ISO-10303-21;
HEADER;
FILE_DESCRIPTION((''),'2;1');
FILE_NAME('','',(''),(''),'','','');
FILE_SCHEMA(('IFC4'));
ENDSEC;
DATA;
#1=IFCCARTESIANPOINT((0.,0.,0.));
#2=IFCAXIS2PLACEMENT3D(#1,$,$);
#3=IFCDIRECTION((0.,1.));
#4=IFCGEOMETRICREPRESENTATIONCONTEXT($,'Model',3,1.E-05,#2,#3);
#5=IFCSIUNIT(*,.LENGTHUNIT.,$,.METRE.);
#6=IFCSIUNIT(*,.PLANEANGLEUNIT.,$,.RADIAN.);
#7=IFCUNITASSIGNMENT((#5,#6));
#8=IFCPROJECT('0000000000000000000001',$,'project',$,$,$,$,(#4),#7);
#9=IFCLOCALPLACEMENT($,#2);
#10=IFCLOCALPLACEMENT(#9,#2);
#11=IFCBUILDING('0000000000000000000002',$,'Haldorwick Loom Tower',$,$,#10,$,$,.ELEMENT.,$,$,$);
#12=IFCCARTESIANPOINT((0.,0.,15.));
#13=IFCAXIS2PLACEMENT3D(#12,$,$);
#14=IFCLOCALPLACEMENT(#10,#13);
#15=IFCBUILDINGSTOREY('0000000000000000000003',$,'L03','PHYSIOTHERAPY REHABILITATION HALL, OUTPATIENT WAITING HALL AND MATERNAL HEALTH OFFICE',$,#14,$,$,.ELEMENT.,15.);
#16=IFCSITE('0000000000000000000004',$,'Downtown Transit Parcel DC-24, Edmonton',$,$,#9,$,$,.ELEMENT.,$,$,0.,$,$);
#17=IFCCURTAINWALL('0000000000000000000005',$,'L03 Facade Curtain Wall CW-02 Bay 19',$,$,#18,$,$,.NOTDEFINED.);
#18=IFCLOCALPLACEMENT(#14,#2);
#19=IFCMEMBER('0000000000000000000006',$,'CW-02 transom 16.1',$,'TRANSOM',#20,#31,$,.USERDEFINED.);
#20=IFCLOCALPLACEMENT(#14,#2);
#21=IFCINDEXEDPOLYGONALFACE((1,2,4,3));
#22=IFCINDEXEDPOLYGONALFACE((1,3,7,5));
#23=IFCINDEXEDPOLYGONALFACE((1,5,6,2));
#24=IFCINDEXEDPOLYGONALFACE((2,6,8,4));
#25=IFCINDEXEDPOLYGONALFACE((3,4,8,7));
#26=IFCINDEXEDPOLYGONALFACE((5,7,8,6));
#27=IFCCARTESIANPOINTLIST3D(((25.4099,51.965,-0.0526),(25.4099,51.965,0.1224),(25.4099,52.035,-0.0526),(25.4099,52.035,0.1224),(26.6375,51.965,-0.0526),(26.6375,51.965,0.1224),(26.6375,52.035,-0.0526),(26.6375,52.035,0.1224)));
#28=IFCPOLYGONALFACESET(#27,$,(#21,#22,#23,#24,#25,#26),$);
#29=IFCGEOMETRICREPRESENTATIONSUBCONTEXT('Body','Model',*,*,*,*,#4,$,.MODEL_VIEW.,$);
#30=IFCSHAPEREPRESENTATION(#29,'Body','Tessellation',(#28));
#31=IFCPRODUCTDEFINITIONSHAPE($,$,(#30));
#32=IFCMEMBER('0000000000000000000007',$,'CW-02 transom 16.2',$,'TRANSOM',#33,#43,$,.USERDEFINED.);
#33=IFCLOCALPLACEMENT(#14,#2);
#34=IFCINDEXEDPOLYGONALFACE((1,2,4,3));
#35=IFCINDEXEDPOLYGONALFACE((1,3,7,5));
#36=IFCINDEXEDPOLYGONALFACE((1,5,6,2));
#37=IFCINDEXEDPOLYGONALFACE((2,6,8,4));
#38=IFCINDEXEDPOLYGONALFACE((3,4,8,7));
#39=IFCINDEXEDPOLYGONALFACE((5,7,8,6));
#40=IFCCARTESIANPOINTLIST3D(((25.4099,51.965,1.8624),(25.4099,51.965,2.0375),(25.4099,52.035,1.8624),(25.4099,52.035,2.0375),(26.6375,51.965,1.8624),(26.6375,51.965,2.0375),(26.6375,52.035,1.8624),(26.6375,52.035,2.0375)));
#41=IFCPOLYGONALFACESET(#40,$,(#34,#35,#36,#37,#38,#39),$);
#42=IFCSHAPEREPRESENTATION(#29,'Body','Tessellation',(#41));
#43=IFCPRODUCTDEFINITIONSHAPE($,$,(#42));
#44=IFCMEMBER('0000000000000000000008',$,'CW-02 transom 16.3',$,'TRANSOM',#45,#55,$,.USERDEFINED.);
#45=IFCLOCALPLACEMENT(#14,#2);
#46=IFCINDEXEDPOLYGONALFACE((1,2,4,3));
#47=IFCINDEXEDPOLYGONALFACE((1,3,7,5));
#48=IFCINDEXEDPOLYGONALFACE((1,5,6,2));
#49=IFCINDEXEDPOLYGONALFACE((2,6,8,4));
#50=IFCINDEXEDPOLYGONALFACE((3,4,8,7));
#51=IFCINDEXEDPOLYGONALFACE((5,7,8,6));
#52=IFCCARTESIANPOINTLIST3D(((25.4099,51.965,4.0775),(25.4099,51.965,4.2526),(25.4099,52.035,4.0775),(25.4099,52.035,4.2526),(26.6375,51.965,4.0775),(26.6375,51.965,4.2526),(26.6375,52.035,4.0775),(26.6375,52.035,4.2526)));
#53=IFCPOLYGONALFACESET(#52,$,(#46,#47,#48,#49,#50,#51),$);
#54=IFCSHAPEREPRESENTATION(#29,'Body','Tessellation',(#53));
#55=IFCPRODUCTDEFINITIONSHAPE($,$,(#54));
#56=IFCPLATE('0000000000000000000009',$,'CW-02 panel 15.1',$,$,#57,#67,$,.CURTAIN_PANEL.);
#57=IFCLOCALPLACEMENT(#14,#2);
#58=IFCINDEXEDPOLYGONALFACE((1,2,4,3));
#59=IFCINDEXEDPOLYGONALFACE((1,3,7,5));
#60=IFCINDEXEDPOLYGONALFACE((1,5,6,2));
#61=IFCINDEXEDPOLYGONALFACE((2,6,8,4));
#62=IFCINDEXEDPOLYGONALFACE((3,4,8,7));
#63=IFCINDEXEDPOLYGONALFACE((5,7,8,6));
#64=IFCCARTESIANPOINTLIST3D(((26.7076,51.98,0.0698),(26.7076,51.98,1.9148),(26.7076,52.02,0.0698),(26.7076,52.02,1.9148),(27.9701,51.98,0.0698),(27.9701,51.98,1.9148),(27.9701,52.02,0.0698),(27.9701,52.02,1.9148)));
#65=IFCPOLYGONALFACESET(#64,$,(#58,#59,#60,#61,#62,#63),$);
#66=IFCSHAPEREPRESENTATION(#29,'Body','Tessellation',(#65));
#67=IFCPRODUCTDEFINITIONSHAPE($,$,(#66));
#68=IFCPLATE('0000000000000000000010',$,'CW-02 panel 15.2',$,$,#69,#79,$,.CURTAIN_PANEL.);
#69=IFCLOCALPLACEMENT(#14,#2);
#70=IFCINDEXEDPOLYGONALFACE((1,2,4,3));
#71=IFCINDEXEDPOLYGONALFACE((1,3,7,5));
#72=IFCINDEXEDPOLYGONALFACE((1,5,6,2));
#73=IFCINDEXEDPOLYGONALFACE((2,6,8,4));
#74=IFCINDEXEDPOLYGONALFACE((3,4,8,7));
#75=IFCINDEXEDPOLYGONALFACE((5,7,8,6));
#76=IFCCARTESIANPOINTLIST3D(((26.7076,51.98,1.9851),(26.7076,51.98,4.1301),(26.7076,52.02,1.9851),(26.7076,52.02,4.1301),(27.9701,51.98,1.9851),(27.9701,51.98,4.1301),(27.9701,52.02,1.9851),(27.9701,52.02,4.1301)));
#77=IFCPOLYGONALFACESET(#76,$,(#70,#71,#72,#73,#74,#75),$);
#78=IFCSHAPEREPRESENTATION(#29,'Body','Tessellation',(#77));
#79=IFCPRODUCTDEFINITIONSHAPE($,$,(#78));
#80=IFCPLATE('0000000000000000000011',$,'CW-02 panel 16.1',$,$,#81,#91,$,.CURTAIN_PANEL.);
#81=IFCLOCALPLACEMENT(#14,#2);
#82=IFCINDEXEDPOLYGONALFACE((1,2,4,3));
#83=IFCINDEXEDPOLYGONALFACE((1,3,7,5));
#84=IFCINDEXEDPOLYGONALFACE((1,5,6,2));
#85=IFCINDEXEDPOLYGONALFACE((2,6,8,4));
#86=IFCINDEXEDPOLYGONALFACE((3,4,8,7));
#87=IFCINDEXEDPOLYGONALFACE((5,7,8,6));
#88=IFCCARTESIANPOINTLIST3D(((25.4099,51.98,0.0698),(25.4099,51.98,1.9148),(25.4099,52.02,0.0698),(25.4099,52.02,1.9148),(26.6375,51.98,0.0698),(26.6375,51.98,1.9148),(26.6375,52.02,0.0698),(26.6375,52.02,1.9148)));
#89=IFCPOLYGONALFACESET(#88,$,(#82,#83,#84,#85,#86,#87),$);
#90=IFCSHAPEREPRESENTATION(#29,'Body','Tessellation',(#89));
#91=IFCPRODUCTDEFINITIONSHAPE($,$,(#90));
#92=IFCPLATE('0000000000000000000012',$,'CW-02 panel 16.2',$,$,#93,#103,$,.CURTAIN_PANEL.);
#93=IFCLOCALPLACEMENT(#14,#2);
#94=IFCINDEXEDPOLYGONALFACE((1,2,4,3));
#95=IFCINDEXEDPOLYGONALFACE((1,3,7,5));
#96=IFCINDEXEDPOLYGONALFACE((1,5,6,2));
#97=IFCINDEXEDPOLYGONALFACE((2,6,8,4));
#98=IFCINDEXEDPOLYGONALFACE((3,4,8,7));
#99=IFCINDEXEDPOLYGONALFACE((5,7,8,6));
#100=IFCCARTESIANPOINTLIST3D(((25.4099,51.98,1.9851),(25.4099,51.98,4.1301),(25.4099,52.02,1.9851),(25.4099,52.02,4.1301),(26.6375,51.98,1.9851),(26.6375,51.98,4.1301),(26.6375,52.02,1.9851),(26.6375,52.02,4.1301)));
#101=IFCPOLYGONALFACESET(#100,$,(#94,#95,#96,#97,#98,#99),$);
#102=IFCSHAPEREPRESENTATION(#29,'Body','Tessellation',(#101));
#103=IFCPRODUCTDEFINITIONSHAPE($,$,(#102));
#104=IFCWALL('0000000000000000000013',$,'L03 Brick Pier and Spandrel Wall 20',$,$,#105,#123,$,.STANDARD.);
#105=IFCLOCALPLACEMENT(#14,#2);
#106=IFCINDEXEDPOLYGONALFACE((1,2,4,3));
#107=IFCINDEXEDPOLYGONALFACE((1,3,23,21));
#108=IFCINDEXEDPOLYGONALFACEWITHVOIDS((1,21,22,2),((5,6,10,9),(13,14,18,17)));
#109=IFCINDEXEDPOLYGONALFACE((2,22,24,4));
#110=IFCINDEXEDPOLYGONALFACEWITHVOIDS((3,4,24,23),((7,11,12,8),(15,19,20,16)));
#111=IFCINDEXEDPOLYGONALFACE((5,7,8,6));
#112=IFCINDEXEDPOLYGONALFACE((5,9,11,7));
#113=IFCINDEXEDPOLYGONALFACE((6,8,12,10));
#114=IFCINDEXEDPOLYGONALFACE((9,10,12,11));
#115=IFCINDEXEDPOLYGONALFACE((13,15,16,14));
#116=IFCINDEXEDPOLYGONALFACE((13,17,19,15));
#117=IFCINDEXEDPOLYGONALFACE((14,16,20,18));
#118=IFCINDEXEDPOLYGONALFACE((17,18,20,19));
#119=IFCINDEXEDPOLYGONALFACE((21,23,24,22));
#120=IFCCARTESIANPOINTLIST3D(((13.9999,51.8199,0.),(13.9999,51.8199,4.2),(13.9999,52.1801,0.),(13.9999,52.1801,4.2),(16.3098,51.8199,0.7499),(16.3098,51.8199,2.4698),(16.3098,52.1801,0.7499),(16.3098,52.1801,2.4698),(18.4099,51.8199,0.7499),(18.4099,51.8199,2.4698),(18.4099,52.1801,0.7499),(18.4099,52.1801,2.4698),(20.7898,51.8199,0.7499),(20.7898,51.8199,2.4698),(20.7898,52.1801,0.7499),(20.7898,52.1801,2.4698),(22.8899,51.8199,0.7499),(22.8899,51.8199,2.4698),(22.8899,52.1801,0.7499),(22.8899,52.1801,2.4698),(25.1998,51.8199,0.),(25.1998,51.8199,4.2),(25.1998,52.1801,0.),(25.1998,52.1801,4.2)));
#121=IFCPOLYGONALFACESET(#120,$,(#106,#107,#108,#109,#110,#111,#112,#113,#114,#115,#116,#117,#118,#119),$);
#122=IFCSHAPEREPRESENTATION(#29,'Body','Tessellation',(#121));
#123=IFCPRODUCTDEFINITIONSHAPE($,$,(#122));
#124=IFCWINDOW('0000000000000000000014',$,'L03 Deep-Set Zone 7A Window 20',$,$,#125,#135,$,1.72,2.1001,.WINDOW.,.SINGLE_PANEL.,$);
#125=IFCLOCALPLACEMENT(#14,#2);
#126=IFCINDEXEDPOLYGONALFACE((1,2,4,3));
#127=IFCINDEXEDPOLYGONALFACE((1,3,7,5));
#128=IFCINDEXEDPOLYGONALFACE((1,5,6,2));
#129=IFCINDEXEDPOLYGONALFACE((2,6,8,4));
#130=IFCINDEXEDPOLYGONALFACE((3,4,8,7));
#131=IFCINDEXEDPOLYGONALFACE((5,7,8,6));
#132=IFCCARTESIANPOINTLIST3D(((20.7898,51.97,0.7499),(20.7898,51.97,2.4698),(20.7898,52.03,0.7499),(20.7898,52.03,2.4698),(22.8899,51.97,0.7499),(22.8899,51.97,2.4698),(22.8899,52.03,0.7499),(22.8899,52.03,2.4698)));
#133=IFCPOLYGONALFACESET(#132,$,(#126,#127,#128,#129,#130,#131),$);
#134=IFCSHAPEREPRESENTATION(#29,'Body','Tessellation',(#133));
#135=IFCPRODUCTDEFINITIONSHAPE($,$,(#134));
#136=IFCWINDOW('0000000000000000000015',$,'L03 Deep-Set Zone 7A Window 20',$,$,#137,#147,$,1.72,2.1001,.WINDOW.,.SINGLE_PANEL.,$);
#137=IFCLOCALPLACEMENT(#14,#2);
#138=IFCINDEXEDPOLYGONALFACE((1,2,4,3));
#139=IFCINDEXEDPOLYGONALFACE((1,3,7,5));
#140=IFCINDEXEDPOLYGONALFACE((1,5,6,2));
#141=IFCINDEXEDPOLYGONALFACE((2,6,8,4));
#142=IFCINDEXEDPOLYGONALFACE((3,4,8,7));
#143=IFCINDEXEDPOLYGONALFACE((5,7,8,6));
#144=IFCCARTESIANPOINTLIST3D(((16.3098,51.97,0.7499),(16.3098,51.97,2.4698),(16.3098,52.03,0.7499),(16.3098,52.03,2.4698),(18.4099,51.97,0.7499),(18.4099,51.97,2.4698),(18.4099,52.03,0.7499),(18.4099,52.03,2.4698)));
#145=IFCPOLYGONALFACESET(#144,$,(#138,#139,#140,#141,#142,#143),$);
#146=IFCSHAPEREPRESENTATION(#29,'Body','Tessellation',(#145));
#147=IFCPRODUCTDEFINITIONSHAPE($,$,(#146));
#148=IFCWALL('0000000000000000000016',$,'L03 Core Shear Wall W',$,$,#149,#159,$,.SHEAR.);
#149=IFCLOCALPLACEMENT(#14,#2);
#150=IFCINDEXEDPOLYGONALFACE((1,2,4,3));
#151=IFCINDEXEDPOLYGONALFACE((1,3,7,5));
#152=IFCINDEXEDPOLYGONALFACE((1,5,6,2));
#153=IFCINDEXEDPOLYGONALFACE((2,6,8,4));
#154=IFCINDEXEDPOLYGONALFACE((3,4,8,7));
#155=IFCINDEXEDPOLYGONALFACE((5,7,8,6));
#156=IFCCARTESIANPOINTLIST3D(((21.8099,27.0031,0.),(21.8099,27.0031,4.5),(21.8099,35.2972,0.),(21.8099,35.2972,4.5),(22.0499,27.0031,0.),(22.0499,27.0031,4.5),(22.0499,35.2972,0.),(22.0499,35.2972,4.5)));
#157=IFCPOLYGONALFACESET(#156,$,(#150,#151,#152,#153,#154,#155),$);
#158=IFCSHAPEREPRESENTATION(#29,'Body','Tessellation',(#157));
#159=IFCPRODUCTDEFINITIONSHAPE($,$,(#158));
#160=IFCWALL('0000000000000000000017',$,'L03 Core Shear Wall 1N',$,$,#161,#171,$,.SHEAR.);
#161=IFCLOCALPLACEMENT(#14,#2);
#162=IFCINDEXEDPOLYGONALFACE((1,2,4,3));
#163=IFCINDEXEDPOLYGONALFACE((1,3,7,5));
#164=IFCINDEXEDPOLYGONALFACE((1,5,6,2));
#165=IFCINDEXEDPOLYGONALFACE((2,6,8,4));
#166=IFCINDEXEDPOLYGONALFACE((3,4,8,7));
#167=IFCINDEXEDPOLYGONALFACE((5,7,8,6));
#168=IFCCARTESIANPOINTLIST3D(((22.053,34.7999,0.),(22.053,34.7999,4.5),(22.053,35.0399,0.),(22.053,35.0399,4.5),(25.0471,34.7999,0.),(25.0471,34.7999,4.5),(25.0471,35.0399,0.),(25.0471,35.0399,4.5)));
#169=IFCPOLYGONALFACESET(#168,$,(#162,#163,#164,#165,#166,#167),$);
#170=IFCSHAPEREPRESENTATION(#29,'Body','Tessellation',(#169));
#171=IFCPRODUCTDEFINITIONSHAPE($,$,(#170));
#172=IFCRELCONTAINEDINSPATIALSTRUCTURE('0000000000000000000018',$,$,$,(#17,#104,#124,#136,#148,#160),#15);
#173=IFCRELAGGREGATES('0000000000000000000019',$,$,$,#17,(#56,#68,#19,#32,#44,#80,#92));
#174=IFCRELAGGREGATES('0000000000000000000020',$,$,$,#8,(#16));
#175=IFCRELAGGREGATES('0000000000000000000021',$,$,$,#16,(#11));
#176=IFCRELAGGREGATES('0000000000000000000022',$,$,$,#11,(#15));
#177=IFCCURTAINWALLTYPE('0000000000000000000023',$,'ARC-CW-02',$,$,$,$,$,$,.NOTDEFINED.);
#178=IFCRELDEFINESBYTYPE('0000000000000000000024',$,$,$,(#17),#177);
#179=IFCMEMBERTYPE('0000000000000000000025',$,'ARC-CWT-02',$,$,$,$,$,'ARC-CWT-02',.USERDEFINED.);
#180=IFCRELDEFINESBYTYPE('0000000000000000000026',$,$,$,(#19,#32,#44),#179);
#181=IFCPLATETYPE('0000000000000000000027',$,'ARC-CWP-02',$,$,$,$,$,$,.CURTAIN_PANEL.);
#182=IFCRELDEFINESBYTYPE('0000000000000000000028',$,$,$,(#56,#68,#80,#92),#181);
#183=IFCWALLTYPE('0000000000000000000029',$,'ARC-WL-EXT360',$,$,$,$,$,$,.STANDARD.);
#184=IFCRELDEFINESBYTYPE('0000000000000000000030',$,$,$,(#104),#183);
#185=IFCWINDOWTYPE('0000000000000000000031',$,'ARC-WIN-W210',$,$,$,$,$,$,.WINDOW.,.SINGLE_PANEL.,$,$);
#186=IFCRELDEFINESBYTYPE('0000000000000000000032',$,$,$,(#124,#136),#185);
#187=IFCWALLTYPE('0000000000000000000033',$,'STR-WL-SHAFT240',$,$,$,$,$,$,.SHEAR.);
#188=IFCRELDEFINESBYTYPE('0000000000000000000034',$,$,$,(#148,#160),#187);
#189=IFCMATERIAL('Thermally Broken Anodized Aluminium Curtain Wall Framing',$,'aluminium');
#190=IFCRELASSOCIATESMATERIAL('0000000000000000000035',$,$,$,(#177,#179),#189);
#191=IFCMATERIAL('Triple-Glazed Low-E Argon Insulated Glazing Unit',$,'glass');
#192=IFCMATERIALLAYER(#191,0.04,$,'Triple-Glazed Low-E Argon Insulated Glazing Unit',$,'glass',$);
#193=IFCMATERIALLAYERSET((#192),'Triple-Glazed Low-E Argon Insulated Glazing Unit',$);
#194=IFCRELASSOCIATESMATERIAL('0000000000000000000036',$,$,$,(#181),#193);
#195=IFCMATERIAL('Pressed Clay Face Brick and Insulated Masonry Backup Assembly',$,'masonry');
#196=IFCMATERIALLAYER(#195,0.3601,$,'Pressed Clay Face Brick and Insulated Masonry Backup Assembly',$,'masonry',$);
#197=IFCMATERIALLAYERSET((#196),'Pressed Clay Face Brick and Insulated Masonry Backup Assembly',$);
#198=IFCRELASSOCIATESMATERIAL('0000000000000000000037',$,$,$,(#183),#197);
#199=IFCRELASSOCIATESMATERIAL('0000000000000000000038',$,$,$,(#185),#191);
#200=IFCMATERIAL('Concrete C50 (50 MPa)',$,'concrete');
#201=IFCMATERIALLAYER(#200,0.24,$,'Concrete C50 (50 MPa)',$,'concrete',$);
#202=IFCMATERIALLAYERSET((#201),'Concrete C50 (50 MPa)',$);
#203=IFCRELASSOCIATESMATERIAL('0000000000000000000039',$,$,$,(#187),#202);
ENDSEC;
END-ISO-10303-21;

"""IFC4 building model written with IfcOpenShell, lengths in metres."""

from ifc_helpers import new_model, si_unit, direction, frame, frame_2d, origin, origin_2d, place, context, subcontext, project, spatial, rectangle, extrude, material, layer, layer_set, material_profile, profile_set, type_object, element, fill, aggregate, save


model = new_model("IFC4")

# Units and contexts
model_context = context("Model", 3, precision=1e-05, world=origin(), true_north=direction((0.0, 1.0)))
body_context = subcontext(model_context, "Body", "Model", "MODEL_VIEW")
ifc_project = project(units=[si_unit("LENGTHUNIT", "METRE"), si_unit("PLANEANGLEUNIT", "RADIAN")], contexts=[model_context])

# Site, building, storey
site_placement = place(None, origin())
site = spatial("IfcSite", under=ifc_project, at=site_placement, Name="Downtown Transit Parcel DC-24, Edmonton", CompositionType="ELEMENT", RefElevation=0.0)
building_placement = place(site_placement, origin())
building = spatial("IfcBuilding", under=site, at=building_placement, Name="Haldorwick Loom Tower", CompositionType="ELEMENT")
storey_placement = place(building_placement, frame((0.0, 0.0, 15.0)))
storey = spatial("IfcBuildingStorey", under=building, at=storey_placement, Name="L03", Description="PHYSIOTHERAPY REHABILITATION HALL, OUTPATIENT WAITING HALL AND MATERNAL HEALTH OFFICE", CompositionType="ELEMENT", Elevation=15.0)

# Curtain wall, members, plates
ifc_material_1 = material(Name="Thermally Broken Anodized Aluminium Curtain Wall Framing", Category="aluminium")
curtain_wall_type = type_object("IfcCurtainWallType", Name="ARC-CW-02", PredefinedType="NOTDEFINED", material=ifc_material_1)
curtain_wall_placement = place(storey_placement, origin())
curtain_wall = element("IfcCurtainWall", 1, at=curtain_wall_placement, inside=storey, type_object=curtain_wall_type, Name="L03 Facade Curtain Wall CW-02 Bay 19", PredefinedType="NOTDEFINED")
ifc_material_profile_1 = material_profile(ifc_material_1, rectangle(XDim=0.0701, YDim=0.175, at=origin_2d()), Name="ALU_TRN_70X175", Category="aluminium")
ifc_profile_set_1 = profile_set([ifc_material_profile_1], Name="Thermally Broken Anodized Aluminium Curtain Wall Framing")
member_type_1 = type_object("IfcMemberType", Name="ARC-CWT-02", ElementType="ARC-CWT-02", PredefinedType="USERDEFINED", material=ifc_profile_set_1)
member_1_placement = place(storey_placement, frame((26.6375, 52.0, 0.0349), z_axis=(-1.0, 0.0, 0.0), x_axis=(0.0, -1.0, 0.0)))
member_1 = element("IfcMember", 2, at=member_1_placement, type_object=member_type_1, Name="CW-02 transom 16.1", ObjectType="TRANSOM", PredefinedType="USERDEFINED", context=body_context, shape_type="SweptSolid", body=[
    extrude(rectangle(XDim=0.0701, YDim=0.175, at=origin_2d()), origin(), (0.0, 0.0, 1.0), 1.2275),
])
member_2_placement = place(storey_placement, frame((26.6375, 52.0, 1.95), z_axis=(-1.0, 0.0, 0.0), x_axis=(0.0, -1.0, 0.0)))
member_2 = element("IfcMember", 3, at=member_2_placement, type_object=member_type_1, Name="CW-02 transom 16.2", ObjectType="TRANSOM", PredefinedType="USERDEFINED", context=body_context, shape_type="SweptSolid", body=[
    extrude(rectangle(XDim=0.0701, YDim=0.175, at=origin_2d()), origin(), (0.0, 0.0, 1.0), 1.2275),
])
member_3_placement = place(storey_placement, frame((26.6375, 52.0, 4.165), z_axis=(-1.0, 0.0, 0.0), x_axis=(0.0, -1.0, 0.0)))
member_3 = element("IfcMember", 4, at=member_3_placement, type_object=member_type_1, Name="CW-02 transom 16.3", ObjectType="TRANSOM", PredefinedType="USERDEFINED", context=body_context, shape_type="SweptSolid", body=[
    extrude(rectangle(XDim=0.0701, YDim=0.175, at=origin_2d()), origin(), (0.0, 0.0, 1.0), 1.2275),
])
ifc_material_2 = material(Name="Triple-Glazed Low-E Argon Insulated Glazing Unit", Category="glass")
ifc_layer_1 = layer(ifc_material_2, 0.04, Name="Triple-Glazed Low-E Argon Insulated Glazing Unit", Category="glass")
ifc_layer_set_1 = layer_set([ifc_layer_1], Name="Triple-Glazed Low-E Argon Insulated Glazing Unit")
plate_type = type_object("IfcPlateType", Name="ARC-CWP-02", PredefinedType="CURTAIN_PANEL", material=ifc_layer_set_1)
plate_1_placement = place(storey_placement, frame((27.3389, 52.0, 0.0698), z_axis=(0.0, 0.0, 1.0), x_axis=(-1.0, 0.0, 0.0)))
plate_1 = element("IfcPlate", 5, at=plate_1_placement, type_object=plate_type, Name="CW-02 panel 15.1", PredefinedType="CURTAIN_PANEL", context=body_context, shape_type="SweptSolid", body=[
    extrude(rectangle(XDim=1.2625, YDim=0.04, at=origin_2d()), origin(), (0.0, 0.0, 1.0), 1.845),
])
plate_2_placement = place(storey_placement, frame((27.3389, 52.0, 1.9851), z_axis=(0.0, 0.0, 1.0), x_axis=(-1.0, 0.0, 0.0)))
plate_2 = element("IfcPlate", 6, at=plate_2_placement, type_object=plate_type, Name="CW-02 panel 15.2", PredefinedType="CURTAIN_PANEL", context=body_context, shape_type="SweptSolid", body=[
    extrude(rectangle(XDim=1.2625, YDim=0.04, at=origin_2d()), origin(), (0.0, 0.0, 1.0), 2.145),
])
plate_3_placement = place(storey_placement, frame((26.0237, 52.0, 0.0698), z_axis=(0.0, 0.0, 1.0), x_axis=(-1.0, 0.0, 0.0)))
plate_3 = element("IfcPlate", 7, at=plate_3_placement, type_object=plate_type, Name="CW-02 panel 16.1", PredefinedType="CURTAIN_PANEL", context=body_context, shape_type="SweptSolid", body=[
    extrude(rectangle(XDim=1.2275, YDim=0.04, at=origin_2d()), origin(), (0.0, 0.0, 1.0), 1.845),
])
plate_4_placement = place(storey_placement, frame((26.0237, 52.0, 1.9851), z_axis=(0.0, 0.0, 1.0), x_axis=(-1.0, 0.0, 0.0)))
plate_4 = element("IfcPlate", 8, at=plate_4_placement, type_object=plate_type, Name="CW-02 panel 16.2", PredefinedType="CURTAIN_PANEL", context=body_context, shape_type="SweptSolid", body=[
    extrude(rectangle(XDim=1.2275, YDim=0.04, at=origin_2d()), origin(), (0.0, 0.0, 1.0), 2.145),
])
aggregate(curtain_wall, [plate_1, plate_2, member_1, member_2, member_3, plate_3, plate_4])

# Wall, openings, windows
ifc_material_3 = material(Name="Pressed Clay Face Brick and Insulated Masonry Backup Assembly", Category="masonry")
ifc_layer_2 = layer(ifc_material_3, 0.3601, Name="Pressed Clay Face Brick and Insulated Masonry Backup Assembly", Category="masonry")
ifc_layer_set_2 = layer_set([ifc_layer_2], Name="Pressed Clay Face Brick and Insulated Masonry Backup Assembly")
wall_type_1 = type_object("IfcWallType", Name="ARC-WL-EXT360", PredefinedType="STANDARD", material=ifc_layer_set_2)
wall_1_placement = place(storey_placement, frame((25.2, 52.0, 0.0), z_axis=(0.0, 0.0, 1.0), x_axis=(-1.0, 0.0, 0.0)))
wall_1 = element("IfcWall", 9, at=wall_1_placement, inside=storey, type_object=wall_type_1, Name="L03 Brick Pier and Spandrel Wall 20", PredefinedType="STANDARD", context=body_context, shape_type="SweptSolid", body=[
    extrude(rectangle(XDim=11.2, YDim=0.3601, at=frame_2d((5.6001, 0.0))), origin(), (0.0, 0.0, 1.0), 4.2),
])
opening_1_placement = place(wall_1_placement, frame((2.3101, 0.0, 0.75)))
opening_1 = element("IfcOpeningElement", 10, at=opening_1_placement, cuts=wall_1, PredefinedType="OPENING", context=body_context, shape_type="SweptSolid", body=[
    extrude(rectangle(XDim=2.1001, YDim=1.72, at=frame_2d((1.05, 0.8599))), frame((0.0, 0.1899, 0.0), z_axis=(0.0, -1.0, 0.0), x_axis=(1.0, 0.0, 0.0)), (0.0, 0.0, 1.0), 0.3801),
])
opening_2_placement = place(wall_1_placement, frame((6.79, 0.0, 0.75)))
opening_2 = element("IfcOpeningElement", 11, at=opening_2_placement, cuts=wall_1, PredefinedType="OPENING", context=body_context, shape_type="SweptSolid", body=[
    extrude(rectangle(XDim=2.1001, YDim=1.72, at=frame_2d((1.05, 0.8599))), frame((0.0, 0.1899, 0.0), z_axis=(0.0, -1.0, 0.0), x_axis=(1.0, 0.0, 0.0)), (0.0, 0.0, 1.0), 0.3801),
])
window_type = type_object("IfcWindowType", Name="ARC-WIN-W210", PartitioningType="SINGLE_PANEL", PredefinedType="WINDOW", material=ifc_material_2)
window_1_placement = place(opening_1_placement, origin())
window_1 = element("IfcWindow", 12, at=window_1_placement, inside=storey, type_object=window_type, Name="L03 Deep-Set Zone 7A Window 20", OverallHeight=1.72, OverallWidth=2.1001, PartitioningType="SINGLE_PANEL", PredefinedType="WINDOW", context=body_context, shape_type="SweptSolid", body=[
    extrude(rectangle(XDim=2.1001, YDim=1.72, at=frame_2d((1.05, 0.8599))), frame((0.0, 0.03, 0.0), z_axis=(0.0, -1.0, 0.0), x_axis=(1.0, 0.0, 0.0)), (0.0, 0.0, 1.0), 0.0601),
])
fill(opening_1, window_1)
window_2_placement = place(opening_2_placement, origin())
window_2 = element("IfcWindow", 13, at=window_2_placement, inside=storey, type_object=window_type, Name="L03 Deep-Set Zone 7A Window 20", OverallHeight=1.72, OverallWidth=2.1001, PartitioningType="SINGLE_PANEL", PredefinedType="WINDOW", context=body_context, shape_type="SweptSolid", body=[
    extrude(rectangle(XDim=2.1001, YDim=1.72, at=frame_2d((1.05, 0.8599))), frame((0.0, 0.03, 0.0), z_axis=(0.0, -1.0, 0.0), x_axis=(1.0, 0.0, 0.0)), (0.0, 0.0, 1.0), 0.0601),
])
fill(opening_2, window_2)

# Walls
ifc_material_4 = material(Name="Concrete C50 (50 MPa)", Category="concrete")
ifc_layer_3 = layer(ifc_material_4, 0.24, Name="Concrete C50 (50 MPa)", Category="concrete")
ifc_layer_set_3 = layer_set([ifc_layer_3], Name="Concrete C50 (50 MPa)")
wall_type_2 = type_object("IfcWallType", Name="STR-WL-SHAFT240", PredefinedType="SHEAR", material=ifc_layer_set_3)
wall_2_placement = place(storey_placement, frame((21.9299, 35.2971, 0.0), z_axis=(0.0, 0.0, 1.0), x_axis=(0.0, -1.0, 0.0)))
element("IfcWall", 14, at=wall_2_placement, inside=storey, type_object=wall_type_2, Name="L03 Core Shear Wall W", PredefinedType="SHEAR", context=body_context, shape_type="SweptSolid", body=[
    extrude(rectangle(XDim=8.2942, YDim=0.24, at=frame_2d((4.147, 0.0))), origin(), (0.0, 0.0, 1.0), 4.5),
])
wall_3_placement = place(storey_placement, frame((22.053, 34.9199, 0.0), z_axis=(0.0, 0.0, 1.0), x_axis=(1.0, 0.0, 0.0)))
element("IfcWall", 15, at=wall_3_placement, inside=storey, type_object=wall_type_2, Name="L03 Core Shear Wall 1N", PredefinedType="SHEAR", context=body_context, shape_type="SweptSolid", body=[
    extrude(rectangle(XDim=2.9941, YDim=0.24, at=frame_2d((1.4971, 0.0))), origin(), (0.0, 0.0, 1.0), 4.5),
])

save(model, "model.ifc")
